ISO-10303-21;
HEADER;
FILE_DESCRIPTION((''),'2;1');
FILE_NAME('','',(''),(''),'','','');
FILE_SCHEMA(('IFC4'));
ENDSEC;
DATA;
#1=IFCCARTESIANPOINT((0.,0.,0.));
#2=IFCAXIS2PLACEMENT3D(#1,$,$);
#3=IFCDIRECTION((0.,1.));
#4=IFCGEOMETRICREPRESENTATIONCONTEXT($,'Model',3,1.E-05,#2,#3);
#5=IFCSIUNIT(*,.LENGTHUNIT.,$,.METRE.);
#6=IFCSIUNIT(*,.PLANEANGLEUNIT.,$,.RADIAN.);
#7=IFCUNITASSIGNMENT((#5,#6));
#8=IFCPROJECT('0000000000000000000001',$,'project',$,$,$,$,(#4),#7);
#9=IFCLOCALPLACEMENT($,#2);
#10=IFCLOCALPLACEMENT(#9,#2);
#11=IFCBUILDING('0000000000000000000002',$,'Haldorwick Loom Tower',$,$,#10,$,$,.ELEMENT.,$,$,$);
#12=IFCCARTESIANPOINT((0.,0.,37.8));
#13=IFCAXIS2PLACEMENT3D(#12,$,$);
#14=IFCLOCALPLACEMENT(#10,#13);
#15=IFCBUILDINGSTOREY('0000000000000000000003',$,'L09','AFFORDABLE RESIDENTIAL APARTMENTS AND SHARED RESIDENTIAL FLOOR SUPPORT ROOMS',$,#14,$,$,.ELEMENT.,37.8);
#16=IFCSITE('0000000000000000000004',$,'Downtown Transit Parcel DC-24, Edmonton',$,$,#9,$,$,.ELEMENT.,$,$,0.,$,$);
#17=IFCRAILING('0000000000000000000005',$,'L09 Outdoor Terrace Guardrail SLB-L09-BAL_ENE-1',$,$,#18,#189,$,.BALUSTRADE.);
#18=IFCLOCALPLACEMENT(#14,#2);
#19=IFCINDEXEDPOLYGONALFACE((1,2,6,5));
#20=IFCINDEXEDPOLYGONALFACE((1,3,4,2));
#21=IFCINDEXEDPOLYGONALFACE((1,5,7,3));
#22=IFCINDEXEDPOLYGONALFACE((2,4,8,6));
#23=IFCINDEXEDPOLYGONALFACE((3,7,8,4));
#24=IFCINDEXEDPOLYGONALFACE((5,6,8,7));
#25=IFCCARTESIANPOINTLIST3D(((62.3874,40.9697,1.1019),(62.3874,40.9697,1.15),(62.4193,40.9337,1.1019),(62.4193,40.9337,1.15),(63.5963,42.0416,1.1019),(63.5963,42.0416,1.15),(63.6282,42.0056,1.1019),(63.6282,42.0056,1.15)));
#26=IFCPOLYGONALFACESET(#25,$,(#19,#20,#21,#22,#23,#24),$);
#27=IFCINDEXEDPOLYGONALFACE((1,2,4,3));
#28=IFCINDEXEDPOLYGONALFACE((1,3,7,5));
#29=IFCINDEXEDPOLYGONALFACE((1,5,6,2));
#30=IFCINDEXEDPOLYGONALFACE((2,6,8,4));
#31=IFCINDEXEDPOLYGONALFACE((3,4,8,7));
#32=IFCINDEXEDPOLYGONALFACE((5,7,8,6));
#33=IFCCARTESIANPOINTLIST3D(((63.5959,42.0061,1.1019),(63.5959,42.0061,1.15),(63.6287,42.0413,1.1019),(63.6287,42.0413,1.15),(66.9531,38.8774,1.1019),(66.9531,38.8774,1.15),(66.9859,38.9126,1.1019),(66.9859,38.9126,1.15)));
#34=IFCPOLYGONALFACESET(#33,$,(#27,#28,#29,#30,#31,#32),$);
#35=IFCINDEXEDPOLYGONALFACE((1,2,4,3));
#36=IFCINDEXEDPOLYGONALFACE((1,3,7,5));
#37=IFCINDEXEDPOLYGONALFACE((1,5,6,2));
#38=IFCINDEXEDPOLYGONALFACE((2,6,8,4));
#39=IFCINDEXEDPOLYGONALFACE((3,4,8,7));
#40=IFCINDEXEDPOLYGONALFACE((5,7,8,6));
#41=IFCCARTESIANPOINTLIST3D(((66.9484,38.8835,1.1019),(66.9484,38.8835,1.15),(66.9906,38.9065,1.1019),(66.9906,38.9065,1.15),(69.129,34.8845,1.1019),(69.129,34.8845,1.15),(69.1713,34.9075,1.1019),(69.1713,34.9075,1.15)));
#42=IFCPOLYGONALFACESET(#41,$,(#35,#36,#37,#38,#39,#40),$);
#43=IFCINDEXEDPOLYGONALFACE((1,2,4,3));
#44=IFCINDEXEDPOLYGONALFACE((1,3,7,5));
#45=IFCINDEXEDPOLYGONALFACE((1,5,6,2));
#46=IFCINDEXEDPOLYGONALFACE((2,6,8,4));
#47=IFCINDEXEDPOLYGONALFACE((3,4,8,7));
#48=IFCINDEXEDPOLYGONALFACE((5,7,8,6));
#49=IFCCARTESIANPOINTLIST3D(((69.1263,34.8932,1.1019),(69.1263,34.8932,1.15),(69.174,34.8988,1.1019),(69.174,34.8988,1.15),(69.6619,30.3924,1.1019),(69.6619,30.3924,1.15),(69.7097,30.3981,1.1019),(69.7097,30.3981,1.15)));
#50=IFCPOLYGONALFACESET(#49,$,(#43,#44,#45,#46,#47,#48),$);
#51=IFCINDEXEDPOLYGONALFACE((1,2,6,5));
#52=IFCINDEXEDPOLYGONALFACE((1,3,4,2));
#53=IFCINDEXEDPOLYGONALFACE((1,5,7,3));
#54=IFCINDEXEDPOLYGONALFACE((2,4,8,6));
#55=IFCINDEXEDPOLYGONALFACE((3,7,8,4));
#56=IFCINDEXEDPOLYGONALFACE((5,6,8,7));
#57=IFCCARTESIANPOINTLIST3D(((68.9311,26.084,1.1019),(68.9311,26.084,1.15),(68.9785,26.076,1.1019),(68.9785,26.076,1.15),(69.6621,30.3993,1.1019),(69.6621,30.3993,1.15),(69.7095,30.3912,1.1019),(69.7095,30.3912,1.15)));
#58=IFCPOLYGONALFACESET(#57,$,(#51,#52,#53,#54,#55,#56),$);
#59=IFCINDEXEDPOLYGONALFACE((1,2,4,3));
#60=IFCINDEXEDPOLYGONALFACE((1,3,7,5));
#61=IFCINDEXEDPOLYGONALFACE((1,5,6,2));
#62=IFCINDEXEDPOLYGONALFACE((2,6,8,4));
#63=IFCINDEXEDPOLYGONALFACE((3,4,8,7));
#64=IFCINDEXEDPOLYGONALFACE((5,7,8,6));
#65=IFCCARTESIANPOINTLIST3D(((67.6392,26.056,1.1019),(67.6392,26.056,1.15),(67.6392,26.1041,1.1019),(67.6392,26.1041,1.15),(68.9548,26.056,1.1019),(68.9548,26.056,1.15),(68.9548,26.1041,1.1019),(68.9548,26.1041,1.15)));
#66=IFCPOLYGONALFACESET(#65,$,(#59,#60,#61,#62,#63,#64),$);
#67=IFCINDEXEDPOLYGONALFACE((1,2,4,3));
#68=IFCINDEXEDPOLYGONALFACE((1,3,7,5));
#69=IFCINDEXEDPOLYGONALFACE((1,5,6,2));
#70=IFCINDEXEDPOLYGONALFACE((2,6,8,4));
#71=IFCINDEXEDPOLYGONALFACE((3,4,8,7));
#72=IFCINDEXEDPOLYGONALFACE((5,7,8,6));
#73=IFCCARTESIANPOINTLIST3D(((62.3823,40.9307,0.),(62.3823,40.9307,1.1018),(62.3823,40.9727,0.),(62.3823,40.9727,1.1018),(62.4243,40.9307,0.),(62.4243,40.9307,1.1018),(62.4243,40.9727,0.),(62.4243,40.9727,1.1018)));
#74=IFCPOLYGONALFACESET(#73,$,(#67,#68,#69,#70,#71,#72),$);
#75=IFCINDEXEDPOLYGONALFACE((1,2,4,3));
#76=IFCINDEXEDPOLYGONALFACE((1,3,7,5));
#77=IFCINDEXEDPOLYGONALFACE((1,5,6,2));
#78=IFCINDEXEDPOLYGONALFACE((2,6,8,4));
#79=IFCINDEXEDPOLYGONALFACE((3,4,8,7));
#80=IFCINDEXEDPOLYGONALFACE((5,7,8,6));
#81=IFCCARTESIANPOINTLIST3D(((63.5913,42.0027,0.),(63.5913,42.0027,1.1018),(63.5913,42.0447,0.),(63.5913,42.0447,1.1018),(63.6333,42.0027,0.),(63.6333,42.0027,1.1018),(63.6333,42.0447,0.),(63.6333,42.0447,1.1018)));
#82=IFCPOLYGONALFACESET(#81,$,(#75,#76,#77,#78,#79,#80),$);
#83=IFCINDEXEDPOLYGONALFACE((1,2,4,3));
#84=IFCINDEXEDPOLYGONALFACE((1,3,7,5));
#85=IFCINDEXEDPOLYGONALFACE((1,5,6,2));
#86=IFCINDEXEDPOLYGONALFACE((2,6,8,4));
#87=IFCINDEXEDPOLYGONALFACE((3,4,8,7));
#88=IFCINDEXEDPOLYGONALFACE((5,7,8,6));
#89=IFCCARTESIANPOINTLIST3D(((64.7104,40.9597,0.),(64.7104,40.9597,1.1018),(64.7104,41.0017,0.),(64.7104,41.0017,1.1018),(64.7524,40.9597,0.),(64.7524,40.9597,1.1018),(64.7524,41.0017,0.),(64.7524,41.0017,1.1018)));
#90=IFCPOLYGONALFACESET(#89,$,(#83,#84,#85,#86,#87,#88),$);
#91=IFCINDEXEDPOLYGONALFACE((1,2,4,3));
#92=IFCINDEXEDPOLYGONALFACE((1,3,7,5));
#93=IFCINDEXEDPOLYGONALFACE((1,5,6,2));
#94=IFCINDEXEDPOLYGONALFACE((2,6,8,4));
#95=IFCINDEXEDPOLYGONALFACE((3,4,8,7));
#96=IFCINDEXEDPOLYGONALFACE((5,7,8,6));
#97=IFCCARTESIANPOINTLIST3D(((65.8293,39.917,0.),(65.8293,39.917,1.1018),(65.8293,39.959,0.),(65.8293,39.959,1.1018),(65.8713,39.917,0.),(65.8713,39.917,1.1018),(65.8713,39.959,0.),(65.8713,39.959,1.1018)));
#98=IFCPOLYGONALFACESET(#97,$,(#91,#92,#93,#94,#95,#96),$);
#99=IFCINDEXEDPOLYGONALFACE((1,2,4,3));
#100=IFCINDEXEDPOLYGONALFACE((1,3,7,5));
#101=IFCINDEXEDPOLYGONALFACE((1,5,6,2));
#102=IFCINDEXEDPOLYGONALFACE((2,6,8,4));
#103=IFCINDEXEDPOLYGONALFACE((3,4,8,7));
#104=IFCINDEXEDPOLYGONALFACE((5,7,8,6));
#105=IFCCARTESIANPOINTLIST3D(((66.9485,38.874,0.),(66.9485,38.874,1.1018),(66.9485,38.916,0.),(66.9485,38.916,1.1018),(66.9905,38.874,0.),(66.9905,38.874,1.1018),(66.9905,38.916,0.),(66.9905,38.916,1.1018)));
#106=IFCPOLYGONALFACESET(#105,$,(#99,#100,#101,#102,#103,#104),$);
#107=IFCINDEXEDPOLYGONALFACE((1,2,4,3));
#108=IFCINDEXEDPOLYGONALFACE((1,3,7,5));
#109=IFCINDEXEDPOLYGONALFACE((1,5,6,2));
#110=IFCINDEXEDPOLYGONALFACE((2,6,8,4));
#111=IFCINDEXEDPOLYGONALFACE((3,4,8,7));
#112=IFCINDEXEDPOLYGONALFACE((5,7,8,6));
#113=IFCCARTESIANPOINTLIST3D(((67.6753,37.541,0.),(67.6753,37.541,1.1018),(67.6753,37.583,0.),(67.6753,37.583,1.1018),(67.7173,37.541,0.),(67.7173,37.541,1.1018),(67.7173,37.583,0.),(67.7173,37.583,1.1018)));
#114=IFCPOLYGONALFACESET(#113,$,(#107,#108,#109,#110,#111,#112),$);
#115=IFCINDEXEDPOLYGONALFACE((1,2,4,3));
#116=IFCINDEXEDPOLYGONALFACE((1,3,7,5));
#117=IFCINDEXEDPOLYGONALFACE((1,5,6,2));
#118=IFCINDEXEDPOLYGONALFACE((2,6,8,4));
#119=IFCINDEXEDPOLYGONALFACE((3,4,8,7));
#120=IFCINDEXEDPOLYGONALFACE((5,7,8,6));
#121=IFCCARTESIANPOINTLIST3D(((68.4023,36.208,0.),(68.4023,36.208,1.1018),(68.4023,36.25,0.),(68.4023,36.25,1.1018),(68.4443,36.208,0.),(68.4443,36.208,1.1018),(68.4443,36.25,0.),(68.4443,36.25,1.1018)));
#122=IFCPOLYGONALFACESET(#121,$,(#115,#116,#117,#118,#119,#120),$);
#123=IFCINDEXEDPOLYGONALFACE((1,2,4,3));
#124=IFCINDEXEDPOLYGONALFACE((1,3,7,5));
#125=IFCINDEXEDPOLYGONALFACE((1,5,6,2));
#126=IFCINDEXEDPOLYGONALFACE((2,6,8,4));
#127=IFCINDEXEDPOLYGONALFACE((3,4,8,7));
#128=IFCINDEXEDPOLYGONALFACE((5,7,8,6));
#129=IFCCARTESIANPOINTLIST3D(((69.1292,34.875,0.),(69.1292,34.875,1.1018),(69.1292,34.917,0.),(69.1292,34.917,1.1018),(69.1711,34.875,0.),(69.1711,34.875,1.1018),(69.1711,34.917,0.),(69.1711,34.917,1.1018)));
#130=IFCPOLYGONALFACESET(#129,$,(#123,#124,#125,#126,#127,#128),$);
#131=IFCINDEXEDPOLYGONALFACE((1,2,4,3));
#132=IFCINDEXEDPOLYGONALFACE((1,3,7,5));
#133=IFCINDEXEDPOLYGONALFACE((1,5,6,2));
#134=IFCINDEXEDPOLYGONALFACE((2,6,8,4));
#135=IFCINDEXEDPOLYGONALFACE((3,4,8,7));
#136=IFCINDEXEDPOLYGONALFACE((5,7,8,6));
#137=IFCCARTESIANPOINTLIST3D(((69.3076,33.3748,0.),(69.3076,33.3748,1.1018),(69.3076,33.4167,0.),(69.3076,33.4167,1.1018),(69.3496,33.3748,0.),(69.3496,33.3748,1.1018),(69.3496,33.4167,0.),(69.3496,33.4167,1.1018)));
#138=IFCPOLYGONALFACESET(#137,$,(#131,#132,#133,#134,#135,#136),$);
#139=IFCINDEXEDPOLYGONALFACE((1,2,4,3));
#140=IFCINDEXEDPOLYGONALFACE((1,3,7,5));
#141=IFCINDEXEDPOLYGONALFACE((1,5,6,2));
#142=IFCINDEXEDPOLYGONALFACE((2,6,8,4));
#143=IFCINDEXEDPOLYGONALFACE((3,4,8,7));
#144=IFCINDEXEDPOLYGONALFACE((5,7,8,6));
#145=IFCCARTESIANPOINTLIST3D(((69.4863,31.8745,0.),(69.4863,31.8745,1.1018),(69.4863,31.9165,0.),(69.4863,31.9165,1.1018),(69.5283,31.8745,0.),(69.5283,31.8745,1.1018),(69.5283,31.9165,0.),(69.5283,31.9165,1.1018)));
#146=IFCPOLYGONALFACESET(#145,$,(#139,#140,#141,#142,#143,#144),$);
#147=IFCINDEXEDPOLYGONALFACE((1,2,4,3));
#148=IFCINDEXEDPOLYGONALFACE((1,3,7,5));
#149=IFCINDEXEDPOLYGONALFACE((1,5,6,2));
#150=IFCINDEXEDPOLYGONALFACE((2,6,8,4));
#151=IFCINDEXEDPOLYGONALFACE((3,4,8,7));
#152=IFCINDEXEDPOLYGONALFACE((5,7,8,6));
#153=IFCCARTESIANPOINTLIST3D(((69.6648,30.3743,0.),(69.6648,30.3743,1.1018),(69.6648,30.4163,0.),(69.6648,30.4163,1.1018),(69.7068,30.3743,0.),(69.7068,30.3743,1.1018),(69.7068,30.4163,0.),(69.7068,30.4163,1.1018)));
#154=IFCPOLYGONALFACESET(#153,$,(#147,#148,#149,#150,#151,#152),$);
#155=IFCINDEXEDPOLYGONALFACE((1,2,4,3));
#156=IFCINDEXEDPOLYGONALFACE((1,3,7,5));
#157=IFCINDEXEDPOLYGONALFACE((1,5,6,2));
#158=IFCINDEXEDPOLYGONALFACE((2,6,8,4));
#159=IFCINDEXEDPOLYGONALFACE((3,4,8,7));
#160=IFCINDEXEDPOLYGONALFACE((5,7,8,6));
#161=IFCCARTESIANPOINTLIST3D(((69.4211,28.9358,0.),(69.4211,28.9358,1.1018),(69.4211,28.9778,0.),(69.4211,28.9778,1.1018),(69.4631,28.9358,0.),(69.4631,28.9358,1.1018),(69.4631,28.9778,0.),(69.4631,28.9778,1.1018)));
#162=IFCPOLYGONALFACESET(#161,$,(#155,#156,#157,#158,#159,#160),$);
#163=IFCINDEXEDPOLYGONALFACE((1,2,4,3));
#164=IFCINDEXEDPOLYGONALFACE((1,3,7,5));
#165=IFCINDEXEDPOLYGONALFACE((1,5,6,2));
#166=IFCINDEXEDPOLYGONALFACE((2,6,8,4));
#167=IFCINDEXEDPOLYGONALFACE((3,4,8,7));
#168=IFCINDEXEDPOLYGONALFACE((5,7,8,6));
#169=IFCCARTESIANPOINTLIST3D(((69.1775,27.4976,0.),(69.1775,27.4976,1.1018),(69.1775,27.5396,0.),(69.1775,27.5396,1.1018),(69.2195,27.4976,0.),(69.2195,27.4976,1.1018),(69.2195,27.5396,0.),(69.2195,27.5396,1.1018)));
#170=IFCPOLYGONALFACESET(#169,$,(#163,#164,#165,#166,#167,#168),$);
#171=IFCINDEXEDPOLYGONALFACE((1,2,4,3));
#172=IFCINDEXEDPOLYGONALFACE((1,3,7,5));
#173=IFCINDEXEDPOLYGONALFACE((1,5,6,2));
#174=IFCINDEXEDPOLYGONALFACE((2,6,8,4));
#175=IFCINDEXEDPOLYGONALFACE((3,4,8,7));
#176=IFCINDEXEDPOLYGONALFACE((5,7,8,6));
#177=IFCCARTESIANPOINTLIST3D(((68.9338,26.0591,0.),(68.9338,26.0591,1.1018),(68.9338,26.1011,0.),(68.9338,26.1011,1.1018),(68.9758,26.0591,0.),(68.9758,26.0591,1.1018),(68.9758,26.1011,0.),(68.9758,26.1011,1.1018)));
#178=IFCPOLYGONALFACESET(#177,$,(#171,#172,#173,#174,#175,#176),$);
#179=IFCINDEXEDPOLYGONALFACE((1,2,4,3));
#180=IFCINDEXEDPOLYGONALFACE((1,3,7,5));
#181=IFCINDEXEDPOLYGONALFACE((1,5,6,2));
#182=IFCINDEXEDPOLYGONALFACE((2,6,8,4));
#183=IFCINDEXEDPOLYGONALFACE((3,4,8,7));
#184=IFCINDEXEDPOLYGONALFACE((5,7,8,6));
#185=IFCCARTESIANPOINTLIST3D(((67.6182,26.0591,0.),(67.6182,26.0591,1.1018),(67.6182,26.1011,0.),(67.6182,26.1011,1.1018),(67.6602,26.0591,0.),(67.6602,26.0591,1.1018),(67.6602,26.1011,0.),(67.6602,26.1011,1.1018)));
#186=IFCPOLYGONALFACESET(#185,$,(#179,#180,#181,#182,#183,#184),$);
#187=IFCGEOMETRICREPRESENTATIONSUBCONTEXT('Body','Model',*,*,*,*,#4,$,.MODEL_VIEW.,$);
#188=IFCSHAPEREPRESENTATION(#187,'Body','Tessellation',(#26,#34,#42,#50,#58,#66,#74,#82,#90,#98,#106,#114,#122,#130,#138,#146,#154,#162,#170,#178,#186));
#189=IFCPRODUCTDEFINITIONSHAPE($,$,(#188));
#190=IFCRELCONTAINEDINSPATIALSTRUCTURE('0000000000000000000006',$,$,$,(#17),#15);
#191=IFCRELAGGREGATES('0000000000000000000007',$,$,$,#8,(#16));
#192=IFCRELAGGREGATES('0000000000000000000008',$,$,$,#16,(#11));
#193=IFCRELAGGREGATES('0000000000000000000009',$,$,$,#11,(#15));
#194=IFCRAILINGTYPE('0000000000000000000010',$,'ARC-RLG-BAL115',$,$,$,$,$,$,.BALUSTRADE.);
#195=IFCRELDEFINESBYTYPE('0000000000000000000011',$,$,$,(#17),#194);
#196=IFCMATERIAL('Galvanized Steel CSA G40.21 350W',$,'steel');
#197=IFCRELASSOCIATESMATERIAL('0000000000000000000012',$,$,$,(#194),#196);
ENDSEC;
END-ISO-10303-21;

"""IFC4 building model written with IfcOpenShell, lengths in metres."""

from ifc_helpers import new_model, si_unit, direction, frame, origin, origin_2d, place, context, subcontext, project, spatial, rectangle, extrude, material, type_object, element, save


model = new_model("IFC4")

# Units and contexts
model_context = context("Model", 3, precision=1e-05, world=origin(), true_north=direction((0.0, 1.0)))
body_context = subcontext(model_context, "Body", "Model", "MODEL_VIEW")
ifc_project = project(units=[si_unit("LENGTHUNIT", "METRE"), si_unit("PLANEANGLEUNIT", "RADIAN")], contexts=[model_context])

# Site, building, storey
site_placement = place(None, origin())
site = spatial("IfcSite", under=ifc_project, at=site_placement, Name="Downtown Transit Parcel DC-24, Edmonton", CompositionType="ELEMENT", RefElevation=0.0)
building_placement = place(site_placement, origin())
building = spatial("IfcBuilding", under=site, at=building_placement, Name="Haldorwick Loom Tower", CompositionType="ELEMENT")
storey_placement = place(building_placement, frame((0.0, 0.0, 37.8)))
storey = spatial("IfcBuildingStorey", under=building, at=storey_placement, Name="L09", Description="AFFORDABLE RESIDENTIAL APARTMENTS AND SHARED RESIDENTIAL FLOOR SUPPORT ROOMS", CompositionType="ELEMENT", Elevation=37.8)

# Railing
ifc_material_1 = material(Name="Galvanized Steel CSA G40.21 350W", Category="steel")
railing_type = type_object("IfcRailingType", Name="ARC-RLG-BAL115", PredefinedType="BALUSTRADE", material=ifc_material_1)
railing_placement = place(storey_placement, frame((62.4033, 40.9517, 0.0)))
element("IfcRailing", 1, at=railing_placement, inside=storey, type_object=railing_type, Name="L09 Outdoor Terrace Guardrail SLB-L09-BAL_ENE-1", PredefinedType="BALUSTRADE", context=body_context, shape_type="SweptSolid", body=[
    extrude(rectangle(XDim=0.0481, YDim=0.0481, at=origin_2d()), frame((0.0, 0.0, 1.126), z_axis=(0.748217, 0.663454, 0.0), x_axis=(-0.663454, 0.748217, 0.0)), (0.0, 0.0, 1.0), 1.6157),
    extrude(rectangle(XDim=0.0481, YDim=0.0481, at=origin_2d()), frame((1.209, 1.072, 1.126), z_axis=(0.731566, -0.68177, 0.0), x_axis=(0.68177, 0.731566, 0.0)), (0.0, 0.0, 1.0), 4.5891),
    extrude(rectangle(XDim=0.0481, YDim=0.0481, at=origin_2d()), frame((4.5662, -2.0566, 1.126), z_axis=(0.478747, -0.877953, 0.0), x_axis=(0.877953, 0.478747, 0.0)), (0.0, 0.0, 1.0), 4.5549),
    extrude(rectangle(XDim=0.0481, YDim=0.0481, at=origin_2d()), frame((6.7468, -6.0557, 1.126), z_axis=(0.118179, -0.992992, 0.0), x_axis=(0.992992, 0.118179, 0.0)), (0.0, 0.0, 1.0), 4.5325),
    extrude(rectangle(XDim=0.0481, YDim=0.0481, at=origin_2d()), frame((7.2825, -10.5564, 1.126), z_axis=(-0.167013, -0.985955, 0.0), x_axis=(0.985955, -0.167013, 0.0)), (0.0, 0.0, 1.0), 4.3767),
    extrude(rectangle(XDim=0.0481, YDim=0.0481, at=origin_2d()), frame((6.5515, -14.8716, 1.126), z_axis=(-1.0, 0.0, 0.0), x_axis=(0.0, -1.0, 0.0)), (0.0, 0.0, 1.0), 1.3157),
    extrude(rectangle(XDim=0.042, YDim=0.042, at=origin_2d()), origin(), (0.0, 0.0, 1.0), 1.1018),
    extrude(rectangle(XDim=0.042, YDim=0.042, at=origin_2d()), frame((1.209, 1.072, 0.0)), (0.0, 0.0, 1.0), 1.1018),
    extrude(rectangle(XDim=0.042, YDim=0.042, at=origin_2d()), frame((2.3281, 0.0291, 0.0)), (0.0, 0.0, 1.0), 1.1018),
    extrude(rectangle(XDim=0.042, YDim=0.042, at=origin_2d()), frame((3.447, -1.0137, 0.0)), (0.0, 0.0, 1.0), 1.1018),
    extrude(rectangle(XDim=0.042, YDim=0.042, at=origin_2d()), frame((4.5662, -2.0566, 0.0)), (0.0, 0.0, 1.0), 1.1018),
    extrude(rectangle(XDim=0.042, YDim=0.042, at=origin_2d()), frame((5.293, -3.3896, 0.0)), (0.0, 0.0, 1.0), 1.1018),
    extrude(rectangle(XDim=0.042, YDim=0.042, at=origin_2d()), frame((6.02, -4.7227, 0.0)), (0.0, 0.0, 1.0), 1.1018),
    extrude(rectangle(XDim=0.042, YDim=0.042, at=origin_2d()), frame((6.7468, -6.0557, 0.0)), (0.0, 0.0, 1.0), 1.1018),
    extrude(rectangle(XDim=0.042, YDim=0.042, at=origin_2d()), frame((6.9253, -7.5559, 0.0)), (0.0, 0.0, 1.0), 1.1018),
    extrude(rectangle(XDim=0.042, YDim=0.042, at=origin_2d()), frame((7.104, -9.0562, 0.0)), (0.0, 0.0, 1.0), 1.1018),
    extrude(rectangle(XDim=0.042, YDim=0.042, at=origin_2d()), frame((7.2825, -10.5564, 0.0)), (0.0, 0.0, 1.0), 1.1018),
    extrude(rectangle(XDim=0.042, YDim=0.042, at=origin_2d()), frame((7.0388, -11.9949, 0.0)), (0.0, 0.0, 1.0), 1.1018),
    extrude(rectangle(XDim=0.042, YDim=0.042, at=origin_2d()), frame((6.7952, -13.4331, 0.0)), (0.0, 0.0, 1.0), 1.1018),
    extrude(rectangle(XDim=0.042, YDim=0.042, at=origin_2d()), frame((6.5515, -14.8716, 0.0)), (0.0, 0.0, 1.0), 1.1018),
    extrude(rectangle(XDim=0.042, YDim=0.042, at=origin_2d()), frame((5.2358, -14.8716, 0.0)), (0.0, 0.0, 1.0), 1.1018),
])

save(model, "model.ifc")
